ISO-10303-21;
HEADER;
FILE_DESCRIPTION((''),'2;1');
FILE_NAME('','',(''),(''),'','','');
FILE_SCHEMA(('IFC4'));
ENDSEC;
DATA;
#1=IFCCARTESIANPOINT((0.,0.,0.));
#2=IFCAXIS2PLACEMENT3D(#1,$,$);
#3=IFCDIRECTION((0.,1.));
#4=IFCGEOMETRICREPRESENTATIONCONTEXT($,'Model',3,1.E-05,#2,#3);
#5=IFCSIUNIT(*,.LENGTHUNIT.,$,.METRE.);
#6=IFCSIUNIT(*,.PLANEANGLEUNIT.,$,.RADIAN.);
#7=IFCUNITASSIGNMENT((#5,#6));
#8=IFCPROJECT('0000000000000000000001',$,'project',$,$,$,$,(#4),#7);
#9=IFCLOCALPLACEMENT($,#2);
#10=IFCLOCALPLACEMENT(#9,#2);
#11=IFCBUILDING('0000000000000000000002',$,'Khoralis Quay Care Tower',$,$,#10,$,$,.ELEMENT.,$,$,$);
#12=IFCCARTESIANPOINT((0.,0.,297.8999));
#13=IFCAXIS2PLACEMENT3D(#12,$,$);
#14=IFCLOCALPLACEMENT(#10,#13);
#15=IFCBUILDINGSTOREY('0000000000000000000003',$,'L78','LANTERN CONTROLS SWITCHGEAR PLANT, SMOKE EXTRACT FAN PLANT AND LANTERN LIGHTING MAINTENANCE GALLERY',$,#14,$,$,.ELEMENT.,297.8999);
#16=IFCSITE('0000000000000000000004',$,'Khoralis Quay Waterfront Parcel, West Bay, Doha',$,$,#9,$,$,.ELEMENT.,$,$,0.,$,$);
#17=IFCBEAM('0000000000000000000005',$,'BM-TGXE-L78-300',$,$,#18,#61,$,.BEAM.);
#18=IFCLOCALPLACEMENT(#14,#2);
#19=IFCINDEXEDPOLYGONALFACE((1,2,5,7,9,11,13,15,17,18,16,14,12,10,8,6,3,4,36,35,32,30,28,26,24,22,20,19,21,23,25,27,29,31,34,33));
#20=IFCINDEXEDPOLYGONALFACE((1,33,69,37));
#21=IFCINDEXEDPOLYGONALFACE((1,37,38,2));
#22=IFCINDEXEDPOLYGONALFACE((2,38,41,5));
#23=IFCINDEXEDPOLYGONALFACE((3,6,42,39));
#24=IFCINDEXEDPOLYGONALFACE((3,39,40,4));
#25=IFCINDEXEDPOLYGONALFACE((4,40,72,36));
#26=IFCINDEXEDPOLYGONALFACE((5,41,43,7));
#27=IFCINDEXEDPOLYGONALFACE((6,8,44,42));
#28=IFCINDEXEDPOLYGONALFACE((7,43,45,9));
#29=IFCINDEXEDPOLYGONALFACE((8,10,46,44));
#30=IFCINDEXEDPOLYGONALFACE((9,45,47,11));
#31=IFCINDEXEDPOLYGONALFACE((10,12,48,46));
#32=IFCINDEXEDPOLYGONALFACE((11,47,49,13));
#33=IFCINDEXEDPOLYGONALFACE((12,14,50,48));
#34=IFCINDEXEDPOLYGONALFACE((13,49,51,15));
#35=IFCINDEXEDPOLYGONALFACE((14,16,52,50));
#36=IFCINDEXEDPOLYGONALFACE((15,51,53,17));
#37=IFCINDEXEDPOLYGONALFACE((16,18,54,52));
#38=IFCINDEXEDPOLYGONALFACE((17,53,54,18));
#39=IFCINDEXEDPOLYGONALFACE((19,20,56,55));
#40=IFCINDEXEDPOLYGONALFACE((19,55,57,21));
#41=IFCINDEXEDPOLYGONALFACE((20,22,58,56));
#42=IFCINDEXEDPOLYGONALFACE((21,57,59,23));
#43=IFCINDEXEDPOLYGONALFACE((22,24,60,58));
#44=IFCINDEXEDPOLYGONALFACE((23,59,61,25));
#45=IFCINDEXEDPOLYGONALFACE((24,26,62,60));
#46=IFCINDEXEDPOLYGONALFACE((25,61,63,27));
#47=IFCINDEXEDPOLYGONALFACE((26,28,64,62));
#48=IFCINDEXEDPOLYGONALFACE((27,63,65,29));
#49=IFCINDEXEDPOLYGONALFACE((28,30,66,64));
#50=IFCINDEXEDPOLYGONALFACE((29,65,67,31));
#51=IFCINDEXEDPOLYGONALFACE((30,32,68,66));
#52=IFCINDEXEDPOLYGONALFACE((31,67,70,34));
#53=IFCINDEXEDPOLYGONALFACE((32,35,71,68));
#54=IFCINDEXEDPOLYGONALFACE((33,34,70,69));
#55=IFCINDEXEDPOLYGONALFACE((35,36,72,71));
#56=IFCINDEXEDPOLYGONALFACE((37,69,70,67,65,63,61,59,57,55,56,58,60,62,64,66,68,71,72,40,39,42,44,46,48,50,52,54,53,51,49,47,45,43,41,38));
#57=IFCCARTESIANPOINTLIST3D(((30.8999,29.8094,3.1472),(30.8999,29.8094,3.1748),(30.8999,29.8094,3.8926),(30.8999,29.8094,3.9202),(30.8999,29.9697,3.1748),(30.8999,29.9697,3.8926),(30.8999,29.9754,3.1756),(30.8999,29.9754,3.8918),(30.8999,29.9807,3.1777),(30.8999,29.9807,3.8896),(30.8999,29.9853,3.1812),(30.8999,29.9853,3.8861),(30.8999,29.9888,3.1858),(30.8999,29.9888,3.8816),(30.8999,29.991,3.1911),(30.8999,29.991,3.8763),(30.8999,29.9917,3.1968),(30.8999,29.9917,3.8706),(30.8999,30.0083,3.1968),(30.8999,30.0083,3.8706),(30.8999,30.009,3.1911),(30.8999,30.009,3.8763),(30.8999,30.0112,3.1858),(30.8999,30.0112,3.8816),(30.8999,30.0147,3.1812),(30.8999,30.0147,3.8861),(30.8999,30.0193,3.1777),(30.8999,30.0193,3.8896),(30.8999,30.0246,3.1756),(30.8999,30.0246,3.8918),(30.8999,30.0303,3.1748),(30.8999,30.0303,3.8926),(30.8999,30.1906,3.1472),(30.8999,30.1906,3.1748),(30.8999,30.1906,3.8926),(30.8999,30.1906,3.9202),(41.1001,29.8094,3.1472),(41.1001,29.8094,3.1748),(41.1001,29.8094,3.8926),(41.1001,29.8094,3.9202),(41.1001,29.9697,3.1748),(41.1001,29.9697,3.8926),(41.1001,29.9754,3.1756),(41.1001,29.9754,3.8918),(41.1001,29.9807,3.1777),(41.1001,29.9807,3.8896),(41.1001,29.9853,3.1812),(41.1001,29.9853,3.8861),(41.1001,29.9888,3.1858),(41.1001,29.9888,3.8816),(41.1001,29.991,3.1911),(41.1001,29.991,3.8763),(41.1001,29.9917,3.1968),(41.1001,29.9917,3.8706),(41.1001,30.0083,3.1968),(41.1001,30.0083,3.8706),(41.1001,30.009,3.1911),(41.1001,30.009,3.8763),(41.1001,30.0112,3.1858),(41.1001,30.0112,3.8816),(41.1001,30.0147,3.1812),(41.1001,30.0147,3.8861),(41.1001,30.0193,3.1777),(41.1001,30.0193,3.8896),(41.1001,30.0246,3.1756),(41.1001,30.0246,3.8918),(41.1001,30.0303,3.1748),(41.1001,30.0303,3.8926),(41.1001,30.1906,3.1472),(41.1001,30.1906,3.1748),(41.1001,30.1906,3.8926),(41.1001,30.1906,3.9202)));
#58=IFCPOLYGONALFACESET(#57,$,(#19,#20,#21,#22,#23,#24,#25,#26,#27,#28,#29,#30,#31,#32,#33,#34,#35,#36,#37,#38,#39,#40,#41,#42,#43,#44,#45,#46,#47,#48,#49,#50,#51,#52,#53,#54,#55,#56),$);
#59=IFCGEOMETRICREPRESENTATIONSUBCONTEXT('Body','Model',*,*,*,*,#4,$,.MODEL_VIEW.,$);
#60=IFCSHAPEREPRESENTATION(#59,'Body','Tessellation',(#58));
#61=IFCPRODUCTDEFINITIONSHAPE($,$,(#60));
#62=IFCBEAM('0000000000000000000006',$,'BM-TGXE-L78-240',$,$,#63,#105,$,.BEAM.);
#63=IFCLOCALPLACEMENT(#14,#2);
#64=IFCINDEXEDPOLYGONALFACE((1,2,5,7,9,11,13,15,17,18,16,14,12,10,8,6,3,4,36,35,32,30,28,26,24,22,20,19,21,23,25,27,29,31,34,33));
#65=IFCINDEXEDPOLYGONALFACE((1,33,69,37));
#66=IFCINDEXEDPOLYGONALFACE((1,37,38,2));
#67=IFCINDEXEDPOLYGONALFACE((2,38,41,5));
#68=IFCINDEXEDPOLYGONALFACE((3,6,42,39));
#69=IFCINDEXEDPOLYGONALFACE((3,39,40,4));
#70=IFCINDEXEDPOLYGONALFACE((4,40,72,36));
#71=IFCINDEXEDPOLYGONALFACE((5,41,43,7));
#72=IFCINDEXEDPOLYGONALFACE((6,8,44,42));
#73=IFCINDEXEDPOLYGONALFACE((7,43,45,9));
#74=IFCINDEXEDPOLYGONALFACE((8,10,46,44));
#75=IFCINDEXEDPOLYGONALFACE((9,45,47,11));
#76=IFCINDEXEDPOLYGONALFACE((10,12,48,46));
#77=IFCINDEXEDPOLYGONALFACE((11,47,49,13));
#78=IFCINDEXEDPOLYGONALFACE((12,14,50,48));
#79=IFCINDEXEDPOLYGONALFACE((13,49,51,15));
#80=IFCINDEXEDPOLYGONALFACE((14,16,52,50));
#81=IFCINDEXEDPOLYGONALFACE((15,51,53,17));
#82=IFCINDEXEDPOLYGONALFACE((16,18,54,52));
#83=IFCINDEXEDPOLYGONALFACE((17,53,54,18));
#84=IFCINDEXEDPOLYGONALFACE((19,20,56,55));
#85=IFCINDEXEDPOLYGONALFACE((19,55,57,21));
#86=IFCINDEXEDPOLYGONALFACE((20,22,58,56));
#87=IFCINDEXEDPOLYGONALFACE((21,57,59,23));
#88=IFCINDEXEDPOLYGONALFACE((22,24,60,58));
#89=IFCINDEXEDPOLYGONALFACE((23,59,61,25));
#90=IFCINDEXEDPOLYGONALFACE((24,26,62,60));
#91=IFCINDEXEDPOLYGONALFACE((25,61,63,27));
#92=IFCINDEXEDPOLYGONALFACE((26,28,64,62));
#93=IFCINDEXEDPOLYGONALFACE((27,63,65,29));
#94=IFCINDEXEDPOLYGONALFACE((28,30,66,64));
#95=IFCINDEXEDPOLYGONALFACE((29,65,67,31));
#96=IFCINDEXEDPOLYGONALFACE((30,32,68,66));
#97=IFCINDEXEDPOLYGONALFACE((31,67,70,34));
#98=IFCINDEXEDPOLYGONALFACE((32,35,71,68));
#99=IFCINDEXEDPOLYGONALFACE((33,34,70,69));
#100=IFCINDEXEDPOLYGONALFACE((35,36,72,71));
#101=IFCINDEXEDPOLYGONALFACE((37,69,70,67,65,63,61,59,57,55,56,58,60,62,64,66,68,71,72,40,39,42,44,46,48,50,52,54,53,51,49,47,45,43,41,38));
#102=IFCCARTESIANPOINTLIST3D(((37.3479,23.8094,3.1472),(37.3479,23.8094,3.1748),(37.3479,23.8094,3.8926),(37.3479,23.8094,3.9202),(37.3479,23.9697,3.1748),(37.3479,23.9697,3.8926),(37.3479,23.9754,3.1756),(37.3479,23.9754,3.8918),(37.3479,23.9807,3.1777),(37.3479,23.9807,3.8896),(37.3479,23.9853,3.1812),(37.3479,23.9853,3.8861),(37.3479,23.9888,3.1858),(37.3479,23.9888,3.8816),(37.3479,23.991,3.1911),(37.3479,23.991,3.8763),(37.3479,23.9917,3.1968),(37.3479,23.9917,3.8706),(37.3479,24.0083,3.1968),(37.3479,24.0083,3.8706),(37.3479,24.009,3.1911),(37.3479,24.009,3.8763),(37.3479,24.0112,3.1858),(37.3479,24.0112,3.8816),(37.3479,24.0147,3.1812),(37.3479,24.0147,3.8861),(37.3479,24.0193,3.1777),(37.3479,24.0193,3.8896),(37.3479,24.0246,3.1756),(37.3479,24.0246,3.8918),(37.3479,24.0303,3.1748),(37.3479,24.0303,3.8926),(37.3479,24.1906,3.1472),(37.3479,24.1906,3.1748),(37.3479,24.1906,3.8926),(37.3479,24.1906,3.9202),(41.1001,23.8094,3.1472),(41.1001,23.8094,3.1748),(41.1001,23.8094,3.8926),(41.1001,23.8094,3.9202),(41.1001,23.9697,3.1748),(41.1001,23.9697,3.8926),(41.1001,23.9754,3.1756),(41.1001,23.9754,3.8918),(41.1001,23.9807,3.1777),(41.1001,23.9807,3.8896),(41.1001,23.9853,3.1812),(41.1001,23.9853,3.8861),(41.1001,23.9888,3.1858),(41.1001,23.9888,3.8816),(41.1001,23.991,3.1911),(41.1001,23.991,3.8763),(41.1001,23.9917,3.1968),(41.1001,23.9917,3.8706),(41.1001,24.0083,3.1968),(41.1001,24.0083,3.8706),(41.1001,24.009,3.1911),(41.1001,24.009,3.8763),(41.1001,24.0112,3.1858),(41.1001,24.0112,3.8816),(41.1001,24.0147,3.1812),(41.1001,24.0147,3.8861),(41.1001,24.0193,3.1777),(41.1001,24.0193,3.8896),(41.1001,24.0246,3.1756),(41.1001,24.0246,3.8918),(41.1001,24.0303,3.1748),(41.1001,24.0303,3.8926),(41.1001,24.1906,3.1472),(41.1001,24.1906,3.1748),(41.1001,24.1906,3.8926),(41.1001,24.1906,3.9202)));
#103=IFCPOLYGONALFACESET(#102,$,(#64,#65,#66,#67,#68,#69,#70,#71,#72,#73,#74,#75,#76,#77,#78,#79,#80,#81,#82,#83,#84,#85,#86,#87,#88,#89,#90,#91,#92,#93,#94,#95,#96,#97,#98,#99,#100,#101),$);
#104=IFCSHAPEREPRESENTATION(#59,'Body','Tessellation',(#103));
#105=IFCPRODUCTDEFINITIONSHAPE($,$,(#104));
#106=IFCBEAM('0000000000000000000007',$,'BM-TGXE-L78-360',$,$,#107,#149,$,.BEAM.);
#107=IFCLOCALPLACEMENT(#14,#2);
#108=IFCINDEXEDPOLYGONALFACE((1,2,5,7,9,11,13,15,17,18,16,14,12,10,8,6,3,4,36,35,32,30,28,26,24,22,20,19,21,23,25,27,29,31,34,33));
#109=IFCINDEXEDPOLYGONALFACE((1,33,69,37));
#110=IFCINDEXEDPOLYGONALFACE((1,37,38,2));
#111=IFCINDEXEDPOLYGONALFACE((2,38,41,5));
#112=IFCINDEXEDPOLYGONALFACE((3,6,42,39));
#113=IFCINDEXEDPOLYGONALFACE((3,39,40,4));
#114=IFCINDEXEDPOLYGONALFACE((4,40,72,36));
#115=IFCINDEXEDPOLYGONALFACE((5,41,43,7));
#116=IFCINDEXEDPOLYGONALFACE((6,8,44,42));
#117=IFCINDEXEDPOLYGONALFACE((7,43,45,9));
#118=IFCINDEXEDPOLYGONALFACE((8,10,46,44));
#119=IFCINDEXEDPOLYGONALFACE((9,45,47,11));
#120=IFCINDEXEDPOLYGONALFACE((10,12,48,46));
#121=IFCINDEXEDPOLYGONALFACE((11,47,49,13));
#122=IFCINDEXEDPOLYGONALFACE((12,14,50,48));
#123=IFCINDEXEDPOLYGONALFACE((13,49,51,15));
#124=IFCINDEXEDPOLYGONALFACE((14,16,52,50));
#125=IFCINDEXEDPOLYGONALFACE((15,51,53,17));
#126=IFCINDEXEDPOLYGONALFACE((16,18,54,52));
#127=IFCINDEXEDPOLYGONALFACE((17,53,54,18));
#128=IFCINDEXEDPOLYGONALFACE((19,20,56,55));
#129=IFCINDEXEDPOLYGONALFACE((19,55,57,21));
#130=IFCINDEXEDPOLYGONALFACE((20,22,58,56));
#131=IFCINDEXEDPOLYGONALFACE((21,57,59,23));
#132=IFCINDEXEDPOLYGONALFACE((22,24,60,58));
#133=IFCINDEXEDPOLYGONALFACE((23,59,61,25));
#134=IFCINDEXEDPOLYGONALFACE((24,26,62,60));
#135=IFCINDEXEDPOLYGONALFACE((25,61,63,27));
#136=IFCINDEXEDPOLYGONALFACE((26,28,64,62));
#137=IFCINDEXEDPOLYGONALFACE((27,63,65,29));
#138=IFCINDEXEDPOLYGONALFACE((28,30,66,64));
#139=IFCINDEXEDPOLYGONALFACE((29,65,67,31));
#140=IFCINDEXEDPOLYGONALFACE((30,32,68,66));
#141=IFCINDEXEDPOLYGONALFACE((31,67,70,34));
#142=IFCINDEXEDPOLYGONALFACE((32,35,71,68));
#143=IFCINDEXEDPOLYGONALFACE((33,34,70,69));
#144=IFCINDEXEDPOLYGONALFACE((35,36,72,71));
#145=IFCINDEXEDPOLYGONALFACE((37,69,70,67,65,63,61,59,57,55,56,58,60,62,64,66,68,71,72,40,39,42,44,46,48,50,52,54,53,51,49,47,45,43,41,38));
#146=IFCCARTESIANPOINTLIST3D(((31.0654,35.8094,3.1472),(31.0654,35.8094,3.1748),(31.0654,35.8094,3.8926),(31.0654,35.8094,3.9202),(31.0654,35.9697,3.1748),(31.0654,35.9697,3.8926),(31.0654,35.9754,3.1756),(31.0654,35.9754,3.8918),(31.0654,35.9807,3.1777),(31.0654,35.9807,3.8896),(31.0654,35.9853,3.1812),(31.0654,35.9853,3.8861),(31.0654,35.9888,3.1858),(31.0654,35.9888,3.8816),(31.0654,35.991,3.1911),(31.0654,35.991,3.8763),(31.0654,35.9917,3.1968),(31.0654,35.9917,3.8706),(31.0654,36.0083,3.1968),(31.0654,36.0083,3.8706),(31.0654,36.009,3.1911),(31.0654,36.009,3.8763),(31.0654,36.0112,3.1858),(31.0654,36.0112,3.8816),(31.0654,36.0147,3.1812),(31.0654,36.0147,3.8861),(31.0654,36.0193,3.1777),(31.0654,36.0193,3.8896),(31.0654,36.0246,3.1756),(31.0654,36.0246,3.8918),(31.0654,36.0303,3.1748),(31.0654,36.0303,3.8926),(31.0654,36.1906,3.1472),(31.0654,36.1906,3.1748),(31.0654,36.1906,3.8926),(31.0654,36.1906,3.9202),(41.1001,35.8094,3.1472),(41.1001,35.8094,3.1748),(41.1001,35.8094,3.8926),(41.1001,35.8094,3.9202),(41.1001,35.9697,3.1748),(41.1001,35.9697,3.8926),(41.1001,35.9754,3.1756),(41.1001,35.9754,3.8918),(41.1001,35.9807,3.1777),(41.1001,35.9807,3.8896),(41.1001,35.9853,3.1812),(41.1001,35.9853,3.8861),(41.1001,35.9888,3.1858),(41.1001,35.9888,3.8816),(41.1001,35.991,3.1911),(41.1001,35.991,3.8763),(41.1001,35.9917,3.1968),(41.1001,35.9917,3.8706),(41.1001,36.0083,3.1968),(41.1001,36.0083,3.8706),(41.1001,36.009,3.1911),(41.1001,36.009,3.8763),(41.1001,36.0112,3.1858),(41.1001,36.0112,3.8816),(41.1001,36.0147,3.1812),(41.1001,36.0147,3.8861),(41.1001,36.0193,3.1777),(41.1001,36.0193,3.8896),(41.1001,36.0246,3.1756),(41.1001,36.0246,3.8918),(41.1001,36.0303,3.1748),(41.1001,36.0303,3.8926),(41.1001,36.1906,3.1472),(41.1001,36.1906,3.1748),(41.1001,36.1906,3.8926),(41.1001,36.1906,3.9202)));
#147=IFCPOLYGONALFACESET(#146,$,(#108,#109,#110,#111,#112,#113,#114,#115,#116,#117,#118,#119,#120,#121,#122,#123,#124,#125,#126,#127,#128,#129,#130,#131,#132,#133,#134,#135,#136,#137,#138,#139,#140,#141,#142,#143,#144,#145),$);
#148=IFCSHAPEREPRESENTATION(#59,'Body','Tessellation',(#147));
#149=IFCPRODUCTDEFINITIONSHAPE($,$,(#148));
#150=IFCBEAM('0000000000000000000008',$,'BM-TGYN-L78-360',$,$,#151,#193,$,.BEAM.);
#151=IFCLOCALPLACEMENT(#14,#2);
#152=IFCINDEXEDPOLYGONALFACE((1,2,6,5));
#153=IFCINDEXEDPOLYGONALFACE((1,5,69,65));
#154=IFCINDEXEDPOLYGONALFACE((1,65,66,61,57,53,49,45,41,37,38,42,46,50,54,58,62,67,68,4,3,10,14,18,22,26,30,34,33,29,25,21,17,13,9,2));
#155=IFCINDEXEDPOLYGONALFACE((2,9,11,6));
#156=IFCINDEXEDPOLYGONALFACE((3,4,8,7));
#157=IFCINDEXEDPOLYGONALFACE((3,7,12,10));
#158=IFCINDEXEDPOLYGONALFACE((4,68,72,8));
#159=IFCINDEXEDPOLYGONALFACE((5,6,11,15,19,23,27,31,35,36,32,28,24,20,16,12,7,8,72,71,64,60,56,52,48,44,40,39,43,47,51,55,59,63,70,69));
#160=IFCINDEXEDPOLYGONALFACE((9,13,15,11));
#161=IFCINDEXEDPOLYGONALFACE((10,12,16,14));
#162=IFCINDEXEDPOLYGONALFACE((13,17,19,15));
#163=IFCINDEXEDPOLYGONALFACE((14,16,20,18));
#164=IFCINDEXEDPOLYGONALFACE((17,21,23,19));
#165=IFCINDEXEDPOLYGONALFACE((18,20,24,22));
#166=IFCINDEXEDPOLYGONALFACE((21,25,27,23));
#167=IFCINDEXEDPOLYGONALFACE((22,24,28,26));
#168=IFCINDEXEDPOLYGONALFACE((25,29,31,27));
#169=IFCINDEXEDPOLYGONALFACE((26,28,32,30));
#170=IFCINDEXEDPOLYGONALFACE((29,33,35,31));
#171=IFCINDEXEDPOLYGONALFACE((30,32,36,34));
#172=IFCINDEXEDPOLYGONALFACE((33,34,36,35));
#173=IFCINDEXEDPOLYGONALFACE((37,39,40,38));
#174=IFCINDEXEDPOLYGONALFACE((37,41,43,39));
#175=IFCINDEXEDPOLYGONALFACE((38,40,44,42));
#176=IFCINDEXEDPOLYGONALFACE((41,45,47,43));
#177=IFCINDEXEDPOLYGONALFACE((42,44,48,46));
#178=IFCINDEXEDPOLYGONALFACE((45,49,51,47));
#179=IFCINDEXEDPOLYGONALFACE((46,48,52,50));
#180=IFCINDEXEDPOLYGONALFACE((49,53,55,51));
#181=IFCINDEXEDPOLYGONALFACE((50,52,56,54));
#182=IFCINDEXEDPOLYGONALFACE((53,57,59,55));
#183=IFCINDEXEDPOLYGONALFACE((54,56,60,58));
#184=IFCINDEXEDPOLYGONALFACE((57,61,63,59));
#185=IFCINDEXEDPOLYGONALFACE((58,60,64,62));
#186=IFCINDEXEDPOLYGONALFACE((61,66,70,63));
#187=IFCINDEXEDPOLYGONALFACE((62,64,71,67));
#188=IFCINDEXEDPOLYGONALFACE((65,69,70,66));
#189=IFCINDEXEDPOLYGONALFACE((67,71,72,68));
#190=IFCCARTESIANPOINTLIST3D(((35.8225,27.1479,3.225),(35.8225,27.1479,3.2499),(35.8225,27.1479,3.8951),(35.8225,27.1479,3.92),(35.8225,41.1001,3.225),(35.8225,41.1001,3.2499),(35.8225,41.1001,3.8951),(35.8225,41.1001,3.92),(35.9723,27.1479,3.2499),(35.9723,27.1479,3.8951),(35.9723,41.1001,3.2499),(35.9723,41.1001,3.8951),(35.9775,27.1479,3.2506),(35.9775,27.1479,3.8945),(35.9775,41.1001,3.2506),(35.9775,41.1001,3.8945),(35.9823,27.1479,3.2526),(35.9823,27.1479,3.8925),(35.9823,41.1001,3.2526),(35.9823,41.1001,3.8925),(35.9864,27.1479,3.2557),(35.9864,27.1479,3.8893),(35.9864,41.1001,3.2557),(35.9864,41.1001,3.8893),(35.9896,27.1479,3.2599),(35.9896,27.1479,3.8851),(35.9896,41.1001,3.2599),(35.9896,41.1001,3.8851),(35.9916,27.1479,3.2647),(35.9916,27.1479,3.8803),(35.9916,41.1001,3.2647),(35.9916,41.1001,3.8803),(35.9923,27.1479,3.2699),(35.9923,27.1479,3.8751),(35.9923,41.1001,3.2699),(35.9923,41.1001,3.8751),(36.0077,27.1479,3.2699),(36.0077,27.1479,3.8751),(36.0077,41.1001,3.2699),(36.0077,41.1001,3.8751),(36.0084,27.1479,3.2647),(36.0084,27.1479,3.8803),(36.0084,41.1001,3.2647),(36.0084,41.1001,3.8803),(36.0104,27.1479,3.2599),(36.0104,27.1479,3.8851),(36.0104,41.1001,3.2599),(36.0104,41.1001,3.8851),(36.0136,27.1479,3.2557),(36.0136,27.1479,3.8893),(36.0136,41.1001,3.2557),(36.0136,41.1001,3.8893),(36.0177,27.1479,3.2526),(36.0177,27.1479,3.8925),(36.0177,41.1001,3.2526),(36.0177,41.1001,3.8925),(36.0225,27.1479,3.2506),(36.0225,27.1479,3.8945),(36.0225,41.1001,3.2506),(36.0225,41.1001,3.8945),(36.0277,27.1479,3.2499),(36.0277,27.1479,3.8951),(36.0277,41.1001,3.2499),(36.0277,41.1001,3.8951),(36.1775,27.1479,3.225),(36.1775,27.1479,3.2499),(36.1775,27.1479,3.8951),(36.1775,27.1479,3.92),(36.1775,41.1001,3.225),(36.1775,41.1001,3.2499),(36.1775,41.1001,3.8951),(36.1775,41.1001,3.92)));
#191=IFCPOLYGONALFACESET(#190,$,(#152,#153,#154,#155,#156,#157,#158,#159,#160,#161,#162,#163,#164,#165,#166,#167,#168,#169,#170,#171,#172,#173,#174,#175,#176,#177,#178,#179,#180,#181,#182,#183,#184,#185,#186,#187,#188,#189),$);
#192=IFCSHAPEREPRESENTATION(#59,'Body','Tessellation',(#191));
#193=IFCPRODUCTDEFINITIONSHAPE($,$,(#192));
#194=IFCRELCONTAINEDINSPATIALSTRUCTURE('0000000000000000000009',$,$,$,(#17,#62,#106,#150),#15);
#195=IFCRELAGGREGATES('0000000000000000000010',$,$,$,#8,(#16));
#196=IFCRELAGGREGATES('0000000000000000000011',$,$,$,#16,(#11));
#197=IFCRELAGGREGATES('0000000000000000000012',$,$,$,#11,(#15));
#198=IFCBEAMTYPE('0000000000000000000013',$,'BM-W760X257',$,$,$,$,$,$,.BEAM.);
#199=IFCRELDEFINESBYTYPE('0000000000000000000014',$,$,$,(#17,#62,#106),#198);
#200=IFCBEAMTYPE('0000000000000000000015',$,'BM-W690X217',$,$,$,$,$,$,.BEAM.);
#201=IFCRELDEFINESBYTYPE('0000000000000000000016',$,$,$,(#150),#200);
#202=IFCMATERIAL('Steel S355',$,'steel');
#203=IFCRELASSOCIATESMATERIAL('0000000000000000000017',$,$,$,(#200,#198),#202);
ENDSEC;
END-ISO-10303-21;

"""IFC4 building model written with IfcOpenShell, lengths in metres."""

from ifc_helpers import new_model, si_unit, direction, frame, origin, origin_2d, place, context, subcontext, project, spatial, i_section, extrude, source, transform, mapped, material, material_profile, profile_set, type_object, element, save


model = new_model("IFC4")

# Units and contexts
model_context = context("Model", 3, precision=1e-05, world=origin(), true_north=direction((0.0, 1.0)))
body_context = subcontext(model_context, "Body", "Model", "MODEL_VIEW")
ifc_project = project(units=[si_unit("LENGTHUNIT", "METRE"), si_unit("PLANEANGLEUNIT", "RADIAN")], contexts=[model_context])

# Site, building, storey
site_placement = place(None, origin())
site = spatial("IfcSite", under=ifc_project, at=site_placement, Name="Khoralis Quay Waterfront Parcel, West Bay, Doha", CompositionType="ELEMENT", RefElevation=0.0)
building_placement = place(site_placement, origin())
building = spatial("IfcBuilding", under=site, at=building_placement, Name="Khoralis Quay Care Tower", CompositionType="ELEMENT")
storey_placement = place(building_placement, frame((0.0, 0.0, 297.8999)))
storey = spatial("IfcBuildingStorey", under=building, at=storey_placement, Name="L78", Description="LANTERN CONTROLS SWITCHGEAR PLANT, SMOKE EXTRACT FAN PLANT AND LANTERN LIGHTING MAINTENANCE GALLERY", CompositionType="ELEMENT", Elevation=297.8999)

# Shared definitions
ifc_material_1 = material(Name="Steel S355", Category="steel")

# Beams
ifc_material_profile_1 = material_profile(ifc_material_1, i_section(OverallWidth=0.355, OverallDepth=0.6951, WebThickness=0.0154, FlangeThickness=0.0249, FilletRadius=0.02, at=origin_2d()), Name="Steel S355")
ifc_profile_set_1 = profile_set([ifc_material_profile_1], Name="Steel S355")
beam_type_1 = type_object("IfcBeamType", Name="BM-W690X217", PredefinedType="BEAM", material=ifc_profile_set_1)
ifc_material_profile_2 = material_profile(ifc_material_1, i_section(OverallWidth=0.3811, OverallDepth=0.7729, WebThickness=0.0166, FlangeThickness=0.0276, FilletRadius=0.022, at=origin_2d()), Name="Steel S355")
ifc_profile_set_2 = profile_set([ifc_material_profile_2], Name="Steel S355")
beam_type_2 = type_object("IfcBeamType", Name="BM-W760X257", PredefinedType="BEAM", material=ifc_profile_set_2)
shared_shape_1 = source(origin(), body_context, "Body", "SweptSolid", [
    extrude(i_section(OverallWidth=0.3811, OverallDepth=0.7729, WebThickness=0.0166, FlangeThickness=0.0276, FilletRadius=0.022, at=origin_2d()), origin(), (0.0, 0.0, 1.0), 10.2002),
])
beam_1_placement = place(storey_placement, frame((30.8999, 30.0, 3.5337), z_axis=(1.0, 0.0, 0.0), x_axis=(0.0, 1.0, 0.0)))
element("IfcBeam", 1, at=beam_1_placement, inside=storey, type_object=beam_type_2, Name="BM-TGXE-L78-300", PredefinedType="BEAM", context=body_context, shape_type="MappedRepresentation", body=[
    mapped(shared_shape_1, transform((0.0, 0.0, 0.0), scale=1.0)),
])
shared_shape_2 = source(origin(), body_context, "Body", "SweptSolid", [
    extrude(i_section(OverallWidth=0.3811, OverallDepth=0.7729, WebThickness=0.0166, FlangeThickness=0.0276, FilletRadius=0.022, at=origin_2d()), origin(), (0.0, 0.0, 1.0), 3.7522),
])
beam_2_placement = place(storey_placement, frame((37.3479, 24.0, 3.5337), z_axis=(1.0, 0.0, 0.0), x_axis=(0.0, 1.0, 0.0)))
element("IfcBeam", 2, at=beam_2_placement, inside=storey, type_object=beam_type_2, Name="BM-TGXE-L78-240", PredefinedType="BEAM", context=body_context, shape_type="MappedRepresentation", body=[
    mapped(shared_shape_2, transform((0.0, 0.0, 0.0), scale=1.0)),
])
shared_shape_3 = source(origin(), body_context, "Body", "SweptSolid", [
    extrude(i_section(OverallWidth=0.3811, OverallDepth=0.7729, WebThickness=0.0166, FlangeThickness=0.0276, FilletRadius=0.022, at=origin_2d()), origin(), (0.0, 0.0, 1.0), 10.0347),
])
beam_3_placement = place(storey_placement, frame((31.0654, 36.0, 3.5337), z_axis=(1.0, 0.0, 0.0), x_axis=(0.0, 1.0, 0.0)))
element("IfcBeam", 3, at=beam_3_placement, inside=storey, type_object=beam_type_2, Name="BM-TGXE-L78-360", PredefinedType="BEAM", context=body_context, shape_type="MappedRepresentation", body=[
    mapped(shared_shape_3, transform((0.0, 0.0, 0.0), scale=1.0)),
])
shared_shape_4 = source(origin(), body_context, "Body", "SweptSolid", [
    extrude(i_section(OverallWidth=0.355, OverallDepth=0.6951, WebThickness=0.0154, FlangeThickness=0.0249, FilletRadius=0.02, at=origin_2d()), origin(), (0.0, 0.0, 1.0), 13.9521),
])
beam_4_placement = place(storey_placement, frame((36.0, 27.1479, 3.5725), z_axis=(0.0, 1.0, 0.0), x_axis=(-1.0, 0.0, 0.0)))
element("IfcBeam", 4, at=beam_4_placement, inside=storey, type_object=beam_type_1, Name="BM-TGYN-L78-360", PredefinedType="BEAM", context=body_context, shape_type="MappedRepresentation", body=[
    mapped(shared_shape_4, transform((0.0, 0.0, 0.0), scale=1.0)),
])

save(model, "model.ifc")
